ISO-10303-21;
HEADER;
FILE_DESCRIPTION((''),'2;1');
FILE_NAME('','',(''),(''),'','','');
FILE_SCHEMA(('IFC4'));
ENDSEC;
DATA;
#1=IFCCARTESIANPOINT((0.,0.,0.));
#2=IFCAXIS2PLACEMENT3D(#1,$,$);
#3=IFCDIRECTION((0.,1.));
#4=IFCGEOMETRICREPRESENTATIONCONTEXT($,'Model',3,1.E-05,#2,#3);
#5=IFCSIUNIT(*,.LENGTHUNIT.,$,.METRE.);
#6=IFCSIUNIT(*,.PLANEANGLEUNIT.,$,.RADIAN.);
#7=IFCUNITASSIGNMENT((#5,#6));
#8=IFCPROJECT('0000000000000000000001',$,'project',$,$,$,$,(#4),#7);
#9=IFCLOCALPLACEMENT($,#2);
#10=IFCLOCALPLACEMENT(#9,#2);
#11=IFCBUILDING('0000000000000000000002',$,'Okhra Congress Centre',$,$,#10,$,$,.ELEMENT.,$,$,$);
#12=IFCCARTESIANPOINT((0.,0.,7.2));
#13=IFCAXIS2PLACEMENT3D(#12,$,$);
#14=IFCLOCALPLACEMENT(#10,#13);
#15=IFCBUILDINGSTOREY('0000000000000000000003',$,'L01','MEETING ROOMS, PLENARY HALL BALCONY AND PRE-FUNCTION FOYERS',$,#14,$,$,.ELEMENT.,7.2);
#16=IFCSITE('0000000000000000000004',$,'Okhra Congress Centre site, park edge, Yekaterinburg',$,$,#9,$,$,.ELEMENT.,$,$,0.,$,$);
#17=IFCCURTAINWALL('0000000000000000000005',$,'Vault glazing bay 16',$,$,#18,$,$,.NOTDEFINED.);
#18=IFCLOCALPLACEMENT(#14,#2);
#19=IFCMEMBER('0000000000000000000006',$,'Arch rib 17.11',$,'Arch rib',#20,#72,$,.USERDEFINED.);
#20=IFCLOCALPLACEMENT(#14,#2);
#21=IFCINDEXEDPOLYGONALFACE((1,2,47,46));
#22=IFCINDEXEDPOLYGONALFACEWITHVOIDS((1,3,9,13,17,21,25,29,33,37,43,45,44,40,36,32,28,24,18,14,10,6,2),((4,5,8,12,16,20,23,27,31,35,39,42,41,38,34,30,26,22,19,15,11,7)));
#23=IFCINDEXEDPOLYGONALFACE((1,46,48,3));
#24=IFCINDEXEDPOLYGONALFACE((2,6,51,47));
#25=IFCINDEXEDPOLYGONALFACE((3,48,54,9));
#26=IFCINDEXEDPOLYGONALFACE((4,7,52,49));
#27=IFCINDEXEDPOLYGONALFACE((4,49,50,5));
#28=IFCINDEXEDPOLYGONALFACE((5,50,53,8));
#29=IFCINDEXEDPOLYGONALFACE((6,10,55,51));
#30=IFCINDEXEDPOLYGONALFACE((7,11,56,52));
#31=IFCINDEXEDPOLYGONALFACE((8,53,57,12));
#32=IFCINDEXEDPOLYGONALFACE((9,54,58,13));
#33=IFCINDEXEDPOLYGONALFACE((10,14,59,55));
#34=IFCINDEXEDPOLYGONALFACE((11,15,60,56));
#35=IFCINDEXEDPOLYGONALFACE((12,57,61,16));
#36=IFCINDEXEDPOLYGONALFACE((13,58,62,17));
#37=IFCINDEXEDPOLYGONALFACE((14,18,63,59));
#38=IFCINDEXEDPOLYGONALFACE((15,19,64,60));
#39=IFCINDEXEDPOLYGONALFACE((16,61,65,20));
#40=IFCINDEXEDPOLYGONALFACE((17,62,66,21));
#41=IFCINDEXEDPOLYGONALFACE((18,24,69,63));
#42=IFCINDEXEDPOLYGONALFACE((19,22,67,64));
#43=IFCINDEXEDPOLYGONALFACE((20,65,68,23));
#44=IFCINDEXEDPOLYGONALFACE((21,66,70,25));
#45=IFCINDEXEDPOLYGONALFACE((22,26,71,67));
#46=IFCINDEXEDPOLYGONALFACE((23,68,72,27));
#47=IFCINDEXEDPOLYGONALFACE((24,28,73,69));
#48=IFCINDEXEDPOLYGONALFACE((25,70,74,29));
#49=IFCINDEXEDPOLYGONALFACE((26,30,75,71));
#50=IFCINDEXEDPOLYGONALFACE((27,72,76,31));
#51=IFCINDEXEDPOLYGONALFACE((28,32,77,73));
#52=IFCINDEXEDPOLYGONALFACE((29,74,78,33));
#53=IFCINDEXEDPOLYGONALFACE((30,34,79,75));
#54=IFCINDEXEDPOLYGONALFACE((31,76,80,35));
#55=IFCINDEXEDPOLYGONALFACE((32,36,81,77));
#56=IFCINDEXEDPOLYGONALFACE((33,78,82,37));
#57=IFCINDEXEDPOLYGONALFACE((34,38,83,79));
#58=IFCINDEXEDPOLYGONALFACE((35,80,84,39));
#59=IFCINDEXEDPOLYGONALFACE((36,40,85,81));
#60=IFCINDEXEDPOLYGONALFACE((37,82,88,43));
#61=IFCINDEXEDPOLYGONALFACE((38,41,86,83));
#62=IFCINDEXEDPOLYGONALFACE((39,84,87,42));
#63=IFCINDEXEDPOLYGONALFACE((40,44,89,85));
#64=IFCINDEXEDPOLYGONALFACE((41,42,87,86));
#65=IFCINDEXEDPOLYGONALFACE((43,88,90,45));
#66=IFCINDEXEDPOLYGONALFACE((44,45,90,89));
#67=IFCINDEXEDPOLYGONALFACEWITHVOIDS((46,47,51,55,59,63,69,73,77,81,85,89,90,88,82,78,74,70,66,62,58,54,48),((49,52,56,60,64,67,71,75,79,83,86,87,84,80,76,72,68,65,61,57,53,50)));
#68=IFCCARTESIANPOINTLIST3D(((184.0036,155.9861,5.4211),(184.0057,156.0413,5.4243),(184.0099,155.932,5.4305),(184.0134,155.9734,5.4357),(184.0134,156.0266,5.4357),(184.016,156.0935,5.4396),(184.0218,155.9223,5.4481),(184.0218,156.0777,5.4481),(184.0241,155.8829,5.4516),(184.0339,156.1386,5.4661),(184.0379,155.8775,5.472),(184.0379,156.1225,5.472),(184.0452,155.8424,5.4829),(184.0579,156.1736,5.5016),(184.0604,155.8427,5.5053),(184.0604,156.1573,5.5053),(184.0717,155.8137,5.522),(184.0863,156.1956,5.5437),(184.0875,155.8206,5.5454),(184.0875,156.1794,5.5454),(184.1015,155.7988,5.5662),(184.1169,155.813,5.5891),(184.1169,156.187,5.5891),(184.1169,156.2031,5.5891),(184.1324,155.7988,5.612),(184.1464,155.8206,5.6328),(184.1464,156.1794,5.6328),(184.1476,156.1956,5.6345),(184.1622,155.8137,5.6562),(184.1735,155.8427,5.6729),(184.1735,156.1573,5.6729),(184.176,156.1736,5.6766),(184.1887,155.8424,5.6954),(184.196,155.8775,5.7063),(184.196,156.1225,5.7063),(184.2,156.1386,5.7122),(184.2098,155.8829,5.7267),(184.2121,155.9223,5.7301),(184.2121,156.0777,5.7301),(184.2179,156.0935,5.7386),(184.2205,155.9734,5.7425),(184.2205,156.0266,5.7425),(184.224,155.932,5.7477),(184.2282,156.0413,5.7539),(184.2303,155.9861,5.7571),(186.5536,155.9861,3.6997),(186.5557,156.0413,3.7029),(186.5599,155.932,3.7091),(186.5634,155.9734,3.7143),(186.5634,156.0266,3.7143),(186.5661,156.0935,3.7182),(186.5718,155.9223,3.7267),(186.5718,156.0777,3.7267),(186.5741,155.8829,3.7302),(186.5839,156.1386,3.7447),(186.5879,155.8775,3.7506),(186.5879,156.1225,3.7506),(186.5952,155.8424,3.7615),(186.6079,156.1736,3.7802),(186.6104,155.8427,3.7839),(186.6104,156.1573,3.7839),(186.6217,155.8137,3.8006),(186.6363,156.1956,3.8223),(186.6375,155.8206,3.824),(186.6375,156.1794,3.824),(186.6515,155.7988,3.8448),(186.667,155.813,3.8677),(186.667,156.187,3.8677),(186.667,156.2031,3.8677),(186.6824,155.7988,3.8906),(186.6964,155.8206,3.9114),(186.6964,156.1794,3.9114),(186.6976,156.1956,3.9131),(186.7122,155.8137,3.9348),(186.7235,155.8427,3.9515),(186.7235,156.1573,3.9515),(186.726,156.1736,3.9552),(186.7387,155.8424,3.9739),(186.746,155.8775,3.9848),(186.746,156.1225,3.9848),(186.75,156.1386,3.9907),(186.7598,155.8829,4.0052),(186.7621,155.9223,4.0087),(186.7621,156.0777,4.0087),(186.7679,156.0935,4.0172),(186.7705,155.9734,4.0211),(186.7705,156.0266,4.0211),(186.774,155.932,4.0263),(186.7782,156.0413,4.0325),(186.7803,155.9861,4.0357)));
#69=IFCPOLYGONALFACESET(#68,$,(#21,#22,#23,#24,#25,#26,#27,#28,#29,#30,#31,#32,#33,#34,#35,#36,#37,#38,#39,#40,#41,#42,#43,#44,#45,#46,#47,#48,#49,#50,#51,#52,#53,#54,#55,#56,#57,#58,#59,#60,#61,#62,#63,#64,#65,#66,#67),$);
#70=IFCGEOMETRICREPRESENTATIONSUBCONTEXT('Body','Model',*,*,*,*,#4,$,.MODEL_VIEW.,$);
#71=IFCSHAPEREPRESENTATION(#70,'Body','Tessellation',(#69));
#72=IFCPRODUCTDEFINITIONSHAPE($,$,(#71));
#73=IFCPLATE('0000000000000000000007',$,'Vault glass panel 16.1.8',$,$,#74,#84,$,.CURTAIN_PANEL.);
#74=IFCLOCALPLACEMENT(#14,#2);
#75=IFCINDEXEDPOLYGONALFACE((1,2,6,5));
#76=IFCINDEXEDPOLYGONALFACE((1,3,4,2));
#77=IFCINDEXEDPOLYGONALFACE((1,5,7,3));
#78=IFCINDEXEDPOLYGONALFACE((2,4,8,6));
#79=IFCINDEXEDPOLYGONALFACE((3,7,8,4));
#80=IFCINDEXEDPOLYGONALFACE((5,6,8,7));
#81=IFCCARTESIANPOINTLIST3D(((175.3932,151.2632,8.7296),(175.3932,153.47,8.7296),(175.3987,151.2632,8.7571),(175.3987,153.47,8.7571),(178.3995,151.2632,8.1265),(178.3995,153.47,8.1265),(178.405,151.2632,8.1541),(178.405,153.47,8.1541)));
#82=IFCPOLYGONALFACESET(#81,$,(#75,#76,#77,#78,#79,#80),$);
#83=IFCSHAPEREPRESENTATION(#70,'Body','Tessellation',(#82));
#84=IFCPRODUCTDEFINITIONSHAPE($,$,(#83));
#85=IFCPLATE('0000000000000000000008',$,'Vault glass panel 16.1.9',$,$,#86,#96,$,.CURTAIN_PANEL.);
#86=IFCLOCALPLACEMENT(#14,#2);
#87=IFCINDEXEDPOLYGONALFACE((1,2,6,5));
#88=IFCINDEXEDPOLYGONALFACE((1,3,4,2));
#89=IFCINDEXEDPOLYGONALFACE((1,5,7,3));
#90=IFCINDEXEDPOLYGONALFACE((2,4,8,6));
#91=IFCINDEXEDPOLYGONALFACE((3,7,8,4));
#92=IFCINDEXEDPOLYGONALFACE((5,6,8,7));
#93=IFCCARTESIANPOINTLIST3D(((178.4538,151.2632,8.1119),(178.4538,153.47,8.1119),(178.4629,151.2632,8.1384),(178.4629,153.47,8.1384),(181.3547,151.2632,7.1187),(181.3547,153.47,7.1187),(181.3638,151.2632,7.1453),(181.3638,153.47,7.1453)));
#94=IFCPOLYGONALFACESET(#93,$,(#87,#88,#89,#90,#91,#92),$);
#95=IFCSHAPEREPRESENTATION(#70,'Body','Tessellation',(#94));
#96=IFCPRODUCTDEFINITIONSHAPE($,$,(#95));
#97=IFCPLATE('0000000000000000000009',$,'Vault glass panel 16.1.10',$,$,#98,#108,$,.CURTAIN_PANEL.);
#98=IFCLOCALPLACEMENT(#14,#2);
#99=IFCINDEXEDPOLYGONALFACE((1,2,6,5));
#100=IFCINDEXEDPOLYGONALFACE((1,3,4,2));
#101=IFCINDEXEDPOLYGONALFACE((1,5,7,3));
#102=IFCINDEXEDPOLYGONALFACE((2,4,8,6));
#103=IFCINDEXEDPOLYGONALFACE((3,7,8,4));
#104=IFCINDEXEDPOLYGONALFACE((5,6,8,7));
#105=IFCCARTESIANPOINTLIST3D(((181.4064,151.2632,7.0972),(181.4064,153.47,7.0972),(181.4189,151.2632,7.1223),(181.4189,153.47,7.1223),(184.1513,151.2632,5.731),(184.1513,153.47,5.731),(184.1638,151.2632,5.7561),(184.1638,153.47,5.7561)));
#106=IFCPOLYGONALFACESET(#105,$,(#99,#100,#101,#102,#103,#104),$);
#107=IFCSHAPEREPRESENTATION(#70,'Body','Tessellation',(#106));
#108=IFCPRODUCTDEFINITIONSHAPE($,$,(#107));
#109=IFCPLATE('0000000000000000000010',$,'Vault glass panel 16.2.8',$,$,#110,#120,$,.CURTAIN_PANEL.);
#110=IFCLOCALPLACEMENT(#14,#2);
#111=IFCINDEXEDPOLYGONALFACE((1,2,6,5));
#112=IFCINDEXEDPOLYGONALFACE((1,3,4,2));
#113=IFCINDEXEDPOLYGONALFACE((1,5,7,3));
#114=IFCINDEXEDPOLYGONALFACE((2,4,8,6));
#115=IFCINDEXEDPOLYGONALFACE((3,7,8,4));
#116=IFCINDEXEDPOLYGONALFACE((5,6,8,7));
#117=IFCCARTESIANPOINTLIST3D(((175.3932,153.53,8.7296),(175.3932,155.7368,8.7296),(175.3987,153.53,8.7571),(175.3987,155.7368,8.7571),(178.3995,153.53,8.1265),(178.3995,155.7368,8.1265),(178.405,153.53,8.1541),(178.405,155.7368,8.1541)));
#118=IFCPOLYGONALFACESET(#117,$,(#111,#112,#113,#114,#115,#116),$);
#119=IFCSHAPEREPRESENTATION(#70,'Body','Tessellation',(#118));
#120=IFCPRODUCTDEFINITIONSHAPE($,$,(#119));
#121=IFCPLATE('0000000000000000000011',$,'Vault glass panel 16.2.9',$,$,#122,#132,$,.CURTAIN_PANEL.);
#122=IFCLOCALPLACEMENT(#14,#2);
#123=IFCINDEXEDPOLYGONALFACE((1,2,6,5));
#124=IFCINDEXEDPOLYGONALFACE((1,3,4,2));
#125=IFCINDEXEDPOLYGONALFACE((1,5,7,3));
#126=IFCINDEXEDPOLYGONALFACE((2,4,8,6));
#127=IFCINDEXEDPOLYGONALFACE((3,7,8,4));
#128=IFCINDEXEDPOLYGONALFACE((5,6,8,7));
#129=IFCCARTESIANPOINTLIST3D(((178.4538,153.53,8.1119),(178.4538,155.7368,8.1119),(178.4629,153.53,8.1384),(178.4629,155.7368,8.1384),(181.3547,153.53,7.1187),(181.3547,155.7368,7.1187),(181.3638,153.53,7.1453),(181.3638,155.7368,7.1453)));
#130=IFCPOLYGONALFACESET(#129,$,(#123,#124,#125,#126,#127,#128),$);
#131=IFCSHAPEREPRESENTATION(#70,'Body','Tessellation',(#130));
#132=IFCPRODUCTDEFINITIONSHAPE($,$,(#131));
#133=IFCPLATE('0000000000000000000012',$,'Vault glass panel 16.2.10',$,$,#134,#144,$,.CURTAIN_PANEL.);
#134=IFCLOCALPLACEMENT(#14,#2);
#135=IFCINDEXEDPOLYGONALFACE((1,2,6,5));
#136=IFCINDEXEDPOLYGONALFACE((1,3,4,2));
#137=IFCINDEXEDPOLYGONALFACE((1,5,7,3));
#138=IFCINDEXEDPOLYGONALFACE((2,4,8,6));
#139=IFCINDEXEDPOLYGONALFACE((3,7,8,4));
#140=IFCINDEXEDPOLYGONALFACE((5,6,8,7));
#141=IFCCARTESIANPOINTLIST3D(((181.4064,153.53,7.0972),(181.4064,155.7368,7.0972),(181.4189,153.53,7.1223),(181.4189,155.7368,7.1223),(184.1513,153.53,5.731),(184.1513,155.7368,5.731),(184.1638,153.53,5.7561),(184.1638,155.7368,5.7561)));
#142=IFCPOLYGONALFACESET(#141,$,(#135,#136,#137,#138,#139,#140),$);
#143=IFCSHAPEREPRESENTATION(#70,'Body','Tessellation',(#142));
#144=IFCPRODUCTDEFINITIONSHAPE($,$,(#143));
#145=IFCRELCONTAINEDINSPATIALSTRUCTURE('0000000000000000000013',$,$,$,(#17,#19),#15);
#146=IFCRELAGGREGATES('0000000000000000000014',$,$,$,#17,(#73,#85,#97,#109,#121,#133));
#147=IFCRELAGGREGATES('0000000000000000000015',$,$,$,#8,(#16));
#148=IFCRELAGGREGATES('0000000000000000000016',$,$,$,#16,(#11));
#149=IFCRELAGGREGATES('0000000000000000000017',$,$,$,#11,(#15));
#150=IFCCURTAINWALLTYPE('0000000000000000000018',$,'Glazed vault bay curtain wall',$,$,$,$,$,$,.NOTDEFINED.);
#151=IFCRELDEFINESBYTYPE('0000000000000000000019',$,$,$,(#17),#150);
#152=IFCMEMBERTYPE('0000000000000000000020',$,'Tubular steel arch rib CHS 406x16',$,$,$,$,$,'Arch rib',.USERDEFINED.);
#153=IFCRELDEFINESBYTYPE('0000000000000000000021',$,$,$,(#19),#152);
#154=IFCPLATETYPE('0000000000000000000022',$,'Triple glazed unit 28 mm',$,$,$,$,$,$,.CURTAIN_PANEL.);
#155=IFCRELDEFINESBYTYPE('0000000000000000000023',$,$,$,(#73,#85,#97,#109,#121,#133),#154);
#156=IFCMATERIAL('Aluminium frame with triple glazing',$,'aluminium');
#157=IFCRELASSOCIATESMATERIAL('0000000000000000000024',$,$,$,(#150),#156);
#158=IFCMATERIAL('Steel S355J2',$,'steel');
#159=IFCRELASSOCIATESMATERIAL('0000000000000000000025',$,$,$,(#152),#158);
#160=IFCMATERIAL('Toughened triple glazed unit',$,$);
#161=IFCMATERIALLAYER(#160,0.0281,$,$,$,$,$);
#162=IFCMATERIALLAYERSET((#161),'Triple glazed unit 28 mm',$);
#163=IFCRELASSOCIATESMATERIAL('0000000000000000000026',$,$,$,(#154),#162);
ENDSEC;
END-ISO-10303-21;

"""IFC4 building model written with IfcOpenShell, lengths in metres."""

from ifc_helpers import new_model, si_unit, direction, frame, origin, origin_2d, place, context, subcontext, project, spatial, polyline, hollow_circle, outline, extrude, material, layer, layer_set, material_profile, profile_set, type_object, element, aggregate, save


model = new_model("IFC4")

# Units and contexts
model_context = context("Model", 3, precision=1e-05, world=origin(), true_north=direction((0.0, 1.0)))
body_context = subcontext(model_context, "Body", "Model", "MODEL_VIEW")
ifc_project = project(units=[si_unit("LENGTHUNIT", "METRE"), si_unit("PLANEANGLEUNIT", "RADIAN")], contexts=[model_context])

# Site, building, storey
site_placement = place(None, origin())
site = spatial("IfcSite", under=ifc_project, at=site_placement, Name="Okhra Congress Centre site, park edge, Yekaterinburg", CompositionType="ELEMENT", RefElevation=0.0)
building_placement = place(site_placement, origin())
building = spatial("IfcBuilding", under=site, at=building_placement, Name="Okhra Congress Centre", CompositionType="ELEMENT")
storey_placement = place(building_placement, frame((0.0, 0.0, 7.2)))
storey = spatial("IfcBuildingStorey", under=building, at=storey_placement, Name="L01", Description="MEETING ROOMS, PLENARY HALL BALCONY AND PRE-FUNCTION FOYERS", CompositionType="ELEMENT", Elevation=7.2)

# Curtain wall
ifc_material_1 = material(Name="Aluminium frame with triple glazing", Category="aluminium")
curtain_wall_type = type_object("IfcCurtainWallType", Name="Glazed vault bay curtain wall", PredefinedType="NOTDEFINED", material=ifc_material_1)
curtain_wall_1_placement = place(storey_placement, origin())
curtain_wall_1 = element("IfcCurtainWall", 1, at=curtain_wall_1_placement, inside=storey, type_object=curtain_wall_type, Name="Vault glazing bay 16", PredefinedType="NOTDEFINED")

# Member
ifc_material_2 = material(Name="Steel S355J2", Category="steel")
ifc_material_profile_1 = material_profile(ifc_material_2, hollow_circle(Radius=0.2031, WallThickness=0.0161, at=origin_2d()), Name="CHS 406.4x16")
ifc_profile_set_1 = profile_set([ifc_material_profile_1], Name="Steel S355J2")
member_type_1 = type_object("IfcMemberType", Name="Tubular steel arch rib CHS 406x16", ElementType="Arch rib", PredefinedType="USERDEFINED", material=ifc_profile_set_1)
member_1_placement = place(storey_placement, frame((184.1169, 156.0, 5.5891), z_axis=(0.828826, 0.0, -0.559507), x_axis=(0.0, 1.0, 0.0)))
element("IfcMember", 2, at=member_1_placement, inside=storey, type_object=member_type_1, Name="Arch rib 17.11", ObjectType="Arch rib", PredefinedType="USERDEFINED", context=body_context, shape_type="SweptSolid", body=[
    extrude(hollow_circle(Radius=0.2031, WallThickness=0.0161, at=origin_2d()), origin(), (0.0, 0.0, 1.0), 3.0767),
])

# Plates
ifc_material_3 = material(Name="Toughened triple glazed unit")
ifc_layer = layer(ifc_material_3, 0.0281)
ifc_layer_set = layer_set([ifc_layer], Name="Triple glazed unit 28 mm")
plate_type = type_object("IfcPlateType", Name="Triple glazed unit 28 mm", PredefinedType="CURTAIN_PANEL", material=ifc_layer_set)
plate_1_placement = place(storey_placement, frame((175.3987, 151.2632, 8.7571), z_axis=(0.196667, 0.0, 0.98047), x_axis=(0.98047, 0.0, -0.196667)))
plate_1 = element("IfcPlate", 3, at=plate_1_placement, type_object=plate_type, Name="Vault glass panel 16.1.8", PredefinedType="CURTAIN_PANEL", context=body_context, shape_type="SweptSolid", body=[
    extrude(outline(polyline([(0.0, 0.0), (3.0662, 0.0), (3.0662, 2.2068), (0.0, 2.2068), (0.0, 0.0)])), origin(), (0.0, 0.0, -1.0), 0.0281),
])
plate_2_placement = place(storey_placement, frame((178.4629, 151.2632, 8.1384), z_axis=(0.323909, 0.0, 0.946088), x_axis=(0.946088, 0.0, -0.323909)))
plate_2 = element("IfcPlate", 4, at=plate_2_placement, type_object=plate_type, Name="Vault glass panel 16.1.9", PredefinedType="CURTAIN_PANEL", context=body_context, shape_type="SweptSolid", body=[
    extrude(outline(polyline([(0.0, 0.0), (3.0662, 0.0), (3.0662, 2.2068), (0.0, 2.2068), (0.0, 0.0)])), origin(), (0.0, 0.0, -1.0), 0.0281),
])
plate_3_placement = place(storey_placement, frame((181.4189, 151.2632, 7.1223), z_axis=(0.445588, 0.0, 0.895238), x_axis=(0.895238, 0.0, -0.445588)))
plate_3 = element("IfcPlate", 5, at=plate_3_placement, type_object=plate_type, Name="Vault glass panel 16.1.10", PredefinedType="CURTAIN_PANEL", context=body_context, shape_type="SweptSolid", body=[
    extrude(outline(polyline([(0.0, 0.0), (3.0661, 0.0), (3.0661, 2.2068), (0.0, 2.2068), (0.0, 0.0)])), origin(), (0.0, 0.0, -1.0), 0.0281),
])
plate_4_placement = place(storey_placement, frame((175.3987, 153.53, 8.7571), z_axis=(0.196667, 0.0, 0.98047), x_axis=(0.98047, 0.0, -0.196667)))
plate_4 = element("IfcPlate", 6, at=plate_4_placement, type_object=plate_type, Name="Vault glass panel 16.2.8", PredefinedType="CURTAIN_PANEL", context=body_context, shape_type="SweptSolid", body=[
    extrude(outline(polyline([(0.0, 0.0), (3.0662, 0.0), (3.0662, 2.2068), (0.0, 2.2068), (0.0, 0.0)])), origin(), (0.0, 0.0, -1.0), 0.0281),
])
plate_5_placement = place(storey_placement, frame((178.4629, 153.53, 8.1384), z_axis=(0.323909, 0.0, 0.946088), x_axis=(0.946088, 0.0, -0.323909)))
plate_5 = element("IfcPlate", 7, at=plate_5_placement, type_object=plate_type, Name="Vault glass panel 16.2.9", PredefinedType="CURTAIN_PANEL", context=body_context, shape_type="SweptSolid", body=[
    extrude(outline(polyline([(0.0, 0.0), (3.0662, 0.0), (3.0662, 2.2068), (0.0, 2.2068), (0.0, 0.0)])), origin(), (0.0, 0.0, -1.0), 0.0281),
])
plate_6_placement = place(storey_placement, frame((181.4189, 153.53, 7.1223), z_axis=(0.445588, 0.0, 0.895238), x_axis=(0.895238, 0.0, -0.445588)))
plate_6 = element("IfcPlate", 8, at=plate_6_placement, type_object=plate_type, Name="Vault glass panel 16.2.10", PredefinedType="CURTAIN_PANEL", context=body_context, shape_type="SweptSolid", body=[
    extrude(outline(polyline([(0.0, 0.0), (3.0661, 0.0), (3.0661, 2.2068), (0.0, 2.2068), (0.0, 0.0)])), origin(), (0.0, 0.0, -1.0), 0.0281),
])
aggregate(curtain_wall_1, [plate_1, plate_2, plate_3, plate_4, plate_5, plate_6])

save(model, "model.ifc")
